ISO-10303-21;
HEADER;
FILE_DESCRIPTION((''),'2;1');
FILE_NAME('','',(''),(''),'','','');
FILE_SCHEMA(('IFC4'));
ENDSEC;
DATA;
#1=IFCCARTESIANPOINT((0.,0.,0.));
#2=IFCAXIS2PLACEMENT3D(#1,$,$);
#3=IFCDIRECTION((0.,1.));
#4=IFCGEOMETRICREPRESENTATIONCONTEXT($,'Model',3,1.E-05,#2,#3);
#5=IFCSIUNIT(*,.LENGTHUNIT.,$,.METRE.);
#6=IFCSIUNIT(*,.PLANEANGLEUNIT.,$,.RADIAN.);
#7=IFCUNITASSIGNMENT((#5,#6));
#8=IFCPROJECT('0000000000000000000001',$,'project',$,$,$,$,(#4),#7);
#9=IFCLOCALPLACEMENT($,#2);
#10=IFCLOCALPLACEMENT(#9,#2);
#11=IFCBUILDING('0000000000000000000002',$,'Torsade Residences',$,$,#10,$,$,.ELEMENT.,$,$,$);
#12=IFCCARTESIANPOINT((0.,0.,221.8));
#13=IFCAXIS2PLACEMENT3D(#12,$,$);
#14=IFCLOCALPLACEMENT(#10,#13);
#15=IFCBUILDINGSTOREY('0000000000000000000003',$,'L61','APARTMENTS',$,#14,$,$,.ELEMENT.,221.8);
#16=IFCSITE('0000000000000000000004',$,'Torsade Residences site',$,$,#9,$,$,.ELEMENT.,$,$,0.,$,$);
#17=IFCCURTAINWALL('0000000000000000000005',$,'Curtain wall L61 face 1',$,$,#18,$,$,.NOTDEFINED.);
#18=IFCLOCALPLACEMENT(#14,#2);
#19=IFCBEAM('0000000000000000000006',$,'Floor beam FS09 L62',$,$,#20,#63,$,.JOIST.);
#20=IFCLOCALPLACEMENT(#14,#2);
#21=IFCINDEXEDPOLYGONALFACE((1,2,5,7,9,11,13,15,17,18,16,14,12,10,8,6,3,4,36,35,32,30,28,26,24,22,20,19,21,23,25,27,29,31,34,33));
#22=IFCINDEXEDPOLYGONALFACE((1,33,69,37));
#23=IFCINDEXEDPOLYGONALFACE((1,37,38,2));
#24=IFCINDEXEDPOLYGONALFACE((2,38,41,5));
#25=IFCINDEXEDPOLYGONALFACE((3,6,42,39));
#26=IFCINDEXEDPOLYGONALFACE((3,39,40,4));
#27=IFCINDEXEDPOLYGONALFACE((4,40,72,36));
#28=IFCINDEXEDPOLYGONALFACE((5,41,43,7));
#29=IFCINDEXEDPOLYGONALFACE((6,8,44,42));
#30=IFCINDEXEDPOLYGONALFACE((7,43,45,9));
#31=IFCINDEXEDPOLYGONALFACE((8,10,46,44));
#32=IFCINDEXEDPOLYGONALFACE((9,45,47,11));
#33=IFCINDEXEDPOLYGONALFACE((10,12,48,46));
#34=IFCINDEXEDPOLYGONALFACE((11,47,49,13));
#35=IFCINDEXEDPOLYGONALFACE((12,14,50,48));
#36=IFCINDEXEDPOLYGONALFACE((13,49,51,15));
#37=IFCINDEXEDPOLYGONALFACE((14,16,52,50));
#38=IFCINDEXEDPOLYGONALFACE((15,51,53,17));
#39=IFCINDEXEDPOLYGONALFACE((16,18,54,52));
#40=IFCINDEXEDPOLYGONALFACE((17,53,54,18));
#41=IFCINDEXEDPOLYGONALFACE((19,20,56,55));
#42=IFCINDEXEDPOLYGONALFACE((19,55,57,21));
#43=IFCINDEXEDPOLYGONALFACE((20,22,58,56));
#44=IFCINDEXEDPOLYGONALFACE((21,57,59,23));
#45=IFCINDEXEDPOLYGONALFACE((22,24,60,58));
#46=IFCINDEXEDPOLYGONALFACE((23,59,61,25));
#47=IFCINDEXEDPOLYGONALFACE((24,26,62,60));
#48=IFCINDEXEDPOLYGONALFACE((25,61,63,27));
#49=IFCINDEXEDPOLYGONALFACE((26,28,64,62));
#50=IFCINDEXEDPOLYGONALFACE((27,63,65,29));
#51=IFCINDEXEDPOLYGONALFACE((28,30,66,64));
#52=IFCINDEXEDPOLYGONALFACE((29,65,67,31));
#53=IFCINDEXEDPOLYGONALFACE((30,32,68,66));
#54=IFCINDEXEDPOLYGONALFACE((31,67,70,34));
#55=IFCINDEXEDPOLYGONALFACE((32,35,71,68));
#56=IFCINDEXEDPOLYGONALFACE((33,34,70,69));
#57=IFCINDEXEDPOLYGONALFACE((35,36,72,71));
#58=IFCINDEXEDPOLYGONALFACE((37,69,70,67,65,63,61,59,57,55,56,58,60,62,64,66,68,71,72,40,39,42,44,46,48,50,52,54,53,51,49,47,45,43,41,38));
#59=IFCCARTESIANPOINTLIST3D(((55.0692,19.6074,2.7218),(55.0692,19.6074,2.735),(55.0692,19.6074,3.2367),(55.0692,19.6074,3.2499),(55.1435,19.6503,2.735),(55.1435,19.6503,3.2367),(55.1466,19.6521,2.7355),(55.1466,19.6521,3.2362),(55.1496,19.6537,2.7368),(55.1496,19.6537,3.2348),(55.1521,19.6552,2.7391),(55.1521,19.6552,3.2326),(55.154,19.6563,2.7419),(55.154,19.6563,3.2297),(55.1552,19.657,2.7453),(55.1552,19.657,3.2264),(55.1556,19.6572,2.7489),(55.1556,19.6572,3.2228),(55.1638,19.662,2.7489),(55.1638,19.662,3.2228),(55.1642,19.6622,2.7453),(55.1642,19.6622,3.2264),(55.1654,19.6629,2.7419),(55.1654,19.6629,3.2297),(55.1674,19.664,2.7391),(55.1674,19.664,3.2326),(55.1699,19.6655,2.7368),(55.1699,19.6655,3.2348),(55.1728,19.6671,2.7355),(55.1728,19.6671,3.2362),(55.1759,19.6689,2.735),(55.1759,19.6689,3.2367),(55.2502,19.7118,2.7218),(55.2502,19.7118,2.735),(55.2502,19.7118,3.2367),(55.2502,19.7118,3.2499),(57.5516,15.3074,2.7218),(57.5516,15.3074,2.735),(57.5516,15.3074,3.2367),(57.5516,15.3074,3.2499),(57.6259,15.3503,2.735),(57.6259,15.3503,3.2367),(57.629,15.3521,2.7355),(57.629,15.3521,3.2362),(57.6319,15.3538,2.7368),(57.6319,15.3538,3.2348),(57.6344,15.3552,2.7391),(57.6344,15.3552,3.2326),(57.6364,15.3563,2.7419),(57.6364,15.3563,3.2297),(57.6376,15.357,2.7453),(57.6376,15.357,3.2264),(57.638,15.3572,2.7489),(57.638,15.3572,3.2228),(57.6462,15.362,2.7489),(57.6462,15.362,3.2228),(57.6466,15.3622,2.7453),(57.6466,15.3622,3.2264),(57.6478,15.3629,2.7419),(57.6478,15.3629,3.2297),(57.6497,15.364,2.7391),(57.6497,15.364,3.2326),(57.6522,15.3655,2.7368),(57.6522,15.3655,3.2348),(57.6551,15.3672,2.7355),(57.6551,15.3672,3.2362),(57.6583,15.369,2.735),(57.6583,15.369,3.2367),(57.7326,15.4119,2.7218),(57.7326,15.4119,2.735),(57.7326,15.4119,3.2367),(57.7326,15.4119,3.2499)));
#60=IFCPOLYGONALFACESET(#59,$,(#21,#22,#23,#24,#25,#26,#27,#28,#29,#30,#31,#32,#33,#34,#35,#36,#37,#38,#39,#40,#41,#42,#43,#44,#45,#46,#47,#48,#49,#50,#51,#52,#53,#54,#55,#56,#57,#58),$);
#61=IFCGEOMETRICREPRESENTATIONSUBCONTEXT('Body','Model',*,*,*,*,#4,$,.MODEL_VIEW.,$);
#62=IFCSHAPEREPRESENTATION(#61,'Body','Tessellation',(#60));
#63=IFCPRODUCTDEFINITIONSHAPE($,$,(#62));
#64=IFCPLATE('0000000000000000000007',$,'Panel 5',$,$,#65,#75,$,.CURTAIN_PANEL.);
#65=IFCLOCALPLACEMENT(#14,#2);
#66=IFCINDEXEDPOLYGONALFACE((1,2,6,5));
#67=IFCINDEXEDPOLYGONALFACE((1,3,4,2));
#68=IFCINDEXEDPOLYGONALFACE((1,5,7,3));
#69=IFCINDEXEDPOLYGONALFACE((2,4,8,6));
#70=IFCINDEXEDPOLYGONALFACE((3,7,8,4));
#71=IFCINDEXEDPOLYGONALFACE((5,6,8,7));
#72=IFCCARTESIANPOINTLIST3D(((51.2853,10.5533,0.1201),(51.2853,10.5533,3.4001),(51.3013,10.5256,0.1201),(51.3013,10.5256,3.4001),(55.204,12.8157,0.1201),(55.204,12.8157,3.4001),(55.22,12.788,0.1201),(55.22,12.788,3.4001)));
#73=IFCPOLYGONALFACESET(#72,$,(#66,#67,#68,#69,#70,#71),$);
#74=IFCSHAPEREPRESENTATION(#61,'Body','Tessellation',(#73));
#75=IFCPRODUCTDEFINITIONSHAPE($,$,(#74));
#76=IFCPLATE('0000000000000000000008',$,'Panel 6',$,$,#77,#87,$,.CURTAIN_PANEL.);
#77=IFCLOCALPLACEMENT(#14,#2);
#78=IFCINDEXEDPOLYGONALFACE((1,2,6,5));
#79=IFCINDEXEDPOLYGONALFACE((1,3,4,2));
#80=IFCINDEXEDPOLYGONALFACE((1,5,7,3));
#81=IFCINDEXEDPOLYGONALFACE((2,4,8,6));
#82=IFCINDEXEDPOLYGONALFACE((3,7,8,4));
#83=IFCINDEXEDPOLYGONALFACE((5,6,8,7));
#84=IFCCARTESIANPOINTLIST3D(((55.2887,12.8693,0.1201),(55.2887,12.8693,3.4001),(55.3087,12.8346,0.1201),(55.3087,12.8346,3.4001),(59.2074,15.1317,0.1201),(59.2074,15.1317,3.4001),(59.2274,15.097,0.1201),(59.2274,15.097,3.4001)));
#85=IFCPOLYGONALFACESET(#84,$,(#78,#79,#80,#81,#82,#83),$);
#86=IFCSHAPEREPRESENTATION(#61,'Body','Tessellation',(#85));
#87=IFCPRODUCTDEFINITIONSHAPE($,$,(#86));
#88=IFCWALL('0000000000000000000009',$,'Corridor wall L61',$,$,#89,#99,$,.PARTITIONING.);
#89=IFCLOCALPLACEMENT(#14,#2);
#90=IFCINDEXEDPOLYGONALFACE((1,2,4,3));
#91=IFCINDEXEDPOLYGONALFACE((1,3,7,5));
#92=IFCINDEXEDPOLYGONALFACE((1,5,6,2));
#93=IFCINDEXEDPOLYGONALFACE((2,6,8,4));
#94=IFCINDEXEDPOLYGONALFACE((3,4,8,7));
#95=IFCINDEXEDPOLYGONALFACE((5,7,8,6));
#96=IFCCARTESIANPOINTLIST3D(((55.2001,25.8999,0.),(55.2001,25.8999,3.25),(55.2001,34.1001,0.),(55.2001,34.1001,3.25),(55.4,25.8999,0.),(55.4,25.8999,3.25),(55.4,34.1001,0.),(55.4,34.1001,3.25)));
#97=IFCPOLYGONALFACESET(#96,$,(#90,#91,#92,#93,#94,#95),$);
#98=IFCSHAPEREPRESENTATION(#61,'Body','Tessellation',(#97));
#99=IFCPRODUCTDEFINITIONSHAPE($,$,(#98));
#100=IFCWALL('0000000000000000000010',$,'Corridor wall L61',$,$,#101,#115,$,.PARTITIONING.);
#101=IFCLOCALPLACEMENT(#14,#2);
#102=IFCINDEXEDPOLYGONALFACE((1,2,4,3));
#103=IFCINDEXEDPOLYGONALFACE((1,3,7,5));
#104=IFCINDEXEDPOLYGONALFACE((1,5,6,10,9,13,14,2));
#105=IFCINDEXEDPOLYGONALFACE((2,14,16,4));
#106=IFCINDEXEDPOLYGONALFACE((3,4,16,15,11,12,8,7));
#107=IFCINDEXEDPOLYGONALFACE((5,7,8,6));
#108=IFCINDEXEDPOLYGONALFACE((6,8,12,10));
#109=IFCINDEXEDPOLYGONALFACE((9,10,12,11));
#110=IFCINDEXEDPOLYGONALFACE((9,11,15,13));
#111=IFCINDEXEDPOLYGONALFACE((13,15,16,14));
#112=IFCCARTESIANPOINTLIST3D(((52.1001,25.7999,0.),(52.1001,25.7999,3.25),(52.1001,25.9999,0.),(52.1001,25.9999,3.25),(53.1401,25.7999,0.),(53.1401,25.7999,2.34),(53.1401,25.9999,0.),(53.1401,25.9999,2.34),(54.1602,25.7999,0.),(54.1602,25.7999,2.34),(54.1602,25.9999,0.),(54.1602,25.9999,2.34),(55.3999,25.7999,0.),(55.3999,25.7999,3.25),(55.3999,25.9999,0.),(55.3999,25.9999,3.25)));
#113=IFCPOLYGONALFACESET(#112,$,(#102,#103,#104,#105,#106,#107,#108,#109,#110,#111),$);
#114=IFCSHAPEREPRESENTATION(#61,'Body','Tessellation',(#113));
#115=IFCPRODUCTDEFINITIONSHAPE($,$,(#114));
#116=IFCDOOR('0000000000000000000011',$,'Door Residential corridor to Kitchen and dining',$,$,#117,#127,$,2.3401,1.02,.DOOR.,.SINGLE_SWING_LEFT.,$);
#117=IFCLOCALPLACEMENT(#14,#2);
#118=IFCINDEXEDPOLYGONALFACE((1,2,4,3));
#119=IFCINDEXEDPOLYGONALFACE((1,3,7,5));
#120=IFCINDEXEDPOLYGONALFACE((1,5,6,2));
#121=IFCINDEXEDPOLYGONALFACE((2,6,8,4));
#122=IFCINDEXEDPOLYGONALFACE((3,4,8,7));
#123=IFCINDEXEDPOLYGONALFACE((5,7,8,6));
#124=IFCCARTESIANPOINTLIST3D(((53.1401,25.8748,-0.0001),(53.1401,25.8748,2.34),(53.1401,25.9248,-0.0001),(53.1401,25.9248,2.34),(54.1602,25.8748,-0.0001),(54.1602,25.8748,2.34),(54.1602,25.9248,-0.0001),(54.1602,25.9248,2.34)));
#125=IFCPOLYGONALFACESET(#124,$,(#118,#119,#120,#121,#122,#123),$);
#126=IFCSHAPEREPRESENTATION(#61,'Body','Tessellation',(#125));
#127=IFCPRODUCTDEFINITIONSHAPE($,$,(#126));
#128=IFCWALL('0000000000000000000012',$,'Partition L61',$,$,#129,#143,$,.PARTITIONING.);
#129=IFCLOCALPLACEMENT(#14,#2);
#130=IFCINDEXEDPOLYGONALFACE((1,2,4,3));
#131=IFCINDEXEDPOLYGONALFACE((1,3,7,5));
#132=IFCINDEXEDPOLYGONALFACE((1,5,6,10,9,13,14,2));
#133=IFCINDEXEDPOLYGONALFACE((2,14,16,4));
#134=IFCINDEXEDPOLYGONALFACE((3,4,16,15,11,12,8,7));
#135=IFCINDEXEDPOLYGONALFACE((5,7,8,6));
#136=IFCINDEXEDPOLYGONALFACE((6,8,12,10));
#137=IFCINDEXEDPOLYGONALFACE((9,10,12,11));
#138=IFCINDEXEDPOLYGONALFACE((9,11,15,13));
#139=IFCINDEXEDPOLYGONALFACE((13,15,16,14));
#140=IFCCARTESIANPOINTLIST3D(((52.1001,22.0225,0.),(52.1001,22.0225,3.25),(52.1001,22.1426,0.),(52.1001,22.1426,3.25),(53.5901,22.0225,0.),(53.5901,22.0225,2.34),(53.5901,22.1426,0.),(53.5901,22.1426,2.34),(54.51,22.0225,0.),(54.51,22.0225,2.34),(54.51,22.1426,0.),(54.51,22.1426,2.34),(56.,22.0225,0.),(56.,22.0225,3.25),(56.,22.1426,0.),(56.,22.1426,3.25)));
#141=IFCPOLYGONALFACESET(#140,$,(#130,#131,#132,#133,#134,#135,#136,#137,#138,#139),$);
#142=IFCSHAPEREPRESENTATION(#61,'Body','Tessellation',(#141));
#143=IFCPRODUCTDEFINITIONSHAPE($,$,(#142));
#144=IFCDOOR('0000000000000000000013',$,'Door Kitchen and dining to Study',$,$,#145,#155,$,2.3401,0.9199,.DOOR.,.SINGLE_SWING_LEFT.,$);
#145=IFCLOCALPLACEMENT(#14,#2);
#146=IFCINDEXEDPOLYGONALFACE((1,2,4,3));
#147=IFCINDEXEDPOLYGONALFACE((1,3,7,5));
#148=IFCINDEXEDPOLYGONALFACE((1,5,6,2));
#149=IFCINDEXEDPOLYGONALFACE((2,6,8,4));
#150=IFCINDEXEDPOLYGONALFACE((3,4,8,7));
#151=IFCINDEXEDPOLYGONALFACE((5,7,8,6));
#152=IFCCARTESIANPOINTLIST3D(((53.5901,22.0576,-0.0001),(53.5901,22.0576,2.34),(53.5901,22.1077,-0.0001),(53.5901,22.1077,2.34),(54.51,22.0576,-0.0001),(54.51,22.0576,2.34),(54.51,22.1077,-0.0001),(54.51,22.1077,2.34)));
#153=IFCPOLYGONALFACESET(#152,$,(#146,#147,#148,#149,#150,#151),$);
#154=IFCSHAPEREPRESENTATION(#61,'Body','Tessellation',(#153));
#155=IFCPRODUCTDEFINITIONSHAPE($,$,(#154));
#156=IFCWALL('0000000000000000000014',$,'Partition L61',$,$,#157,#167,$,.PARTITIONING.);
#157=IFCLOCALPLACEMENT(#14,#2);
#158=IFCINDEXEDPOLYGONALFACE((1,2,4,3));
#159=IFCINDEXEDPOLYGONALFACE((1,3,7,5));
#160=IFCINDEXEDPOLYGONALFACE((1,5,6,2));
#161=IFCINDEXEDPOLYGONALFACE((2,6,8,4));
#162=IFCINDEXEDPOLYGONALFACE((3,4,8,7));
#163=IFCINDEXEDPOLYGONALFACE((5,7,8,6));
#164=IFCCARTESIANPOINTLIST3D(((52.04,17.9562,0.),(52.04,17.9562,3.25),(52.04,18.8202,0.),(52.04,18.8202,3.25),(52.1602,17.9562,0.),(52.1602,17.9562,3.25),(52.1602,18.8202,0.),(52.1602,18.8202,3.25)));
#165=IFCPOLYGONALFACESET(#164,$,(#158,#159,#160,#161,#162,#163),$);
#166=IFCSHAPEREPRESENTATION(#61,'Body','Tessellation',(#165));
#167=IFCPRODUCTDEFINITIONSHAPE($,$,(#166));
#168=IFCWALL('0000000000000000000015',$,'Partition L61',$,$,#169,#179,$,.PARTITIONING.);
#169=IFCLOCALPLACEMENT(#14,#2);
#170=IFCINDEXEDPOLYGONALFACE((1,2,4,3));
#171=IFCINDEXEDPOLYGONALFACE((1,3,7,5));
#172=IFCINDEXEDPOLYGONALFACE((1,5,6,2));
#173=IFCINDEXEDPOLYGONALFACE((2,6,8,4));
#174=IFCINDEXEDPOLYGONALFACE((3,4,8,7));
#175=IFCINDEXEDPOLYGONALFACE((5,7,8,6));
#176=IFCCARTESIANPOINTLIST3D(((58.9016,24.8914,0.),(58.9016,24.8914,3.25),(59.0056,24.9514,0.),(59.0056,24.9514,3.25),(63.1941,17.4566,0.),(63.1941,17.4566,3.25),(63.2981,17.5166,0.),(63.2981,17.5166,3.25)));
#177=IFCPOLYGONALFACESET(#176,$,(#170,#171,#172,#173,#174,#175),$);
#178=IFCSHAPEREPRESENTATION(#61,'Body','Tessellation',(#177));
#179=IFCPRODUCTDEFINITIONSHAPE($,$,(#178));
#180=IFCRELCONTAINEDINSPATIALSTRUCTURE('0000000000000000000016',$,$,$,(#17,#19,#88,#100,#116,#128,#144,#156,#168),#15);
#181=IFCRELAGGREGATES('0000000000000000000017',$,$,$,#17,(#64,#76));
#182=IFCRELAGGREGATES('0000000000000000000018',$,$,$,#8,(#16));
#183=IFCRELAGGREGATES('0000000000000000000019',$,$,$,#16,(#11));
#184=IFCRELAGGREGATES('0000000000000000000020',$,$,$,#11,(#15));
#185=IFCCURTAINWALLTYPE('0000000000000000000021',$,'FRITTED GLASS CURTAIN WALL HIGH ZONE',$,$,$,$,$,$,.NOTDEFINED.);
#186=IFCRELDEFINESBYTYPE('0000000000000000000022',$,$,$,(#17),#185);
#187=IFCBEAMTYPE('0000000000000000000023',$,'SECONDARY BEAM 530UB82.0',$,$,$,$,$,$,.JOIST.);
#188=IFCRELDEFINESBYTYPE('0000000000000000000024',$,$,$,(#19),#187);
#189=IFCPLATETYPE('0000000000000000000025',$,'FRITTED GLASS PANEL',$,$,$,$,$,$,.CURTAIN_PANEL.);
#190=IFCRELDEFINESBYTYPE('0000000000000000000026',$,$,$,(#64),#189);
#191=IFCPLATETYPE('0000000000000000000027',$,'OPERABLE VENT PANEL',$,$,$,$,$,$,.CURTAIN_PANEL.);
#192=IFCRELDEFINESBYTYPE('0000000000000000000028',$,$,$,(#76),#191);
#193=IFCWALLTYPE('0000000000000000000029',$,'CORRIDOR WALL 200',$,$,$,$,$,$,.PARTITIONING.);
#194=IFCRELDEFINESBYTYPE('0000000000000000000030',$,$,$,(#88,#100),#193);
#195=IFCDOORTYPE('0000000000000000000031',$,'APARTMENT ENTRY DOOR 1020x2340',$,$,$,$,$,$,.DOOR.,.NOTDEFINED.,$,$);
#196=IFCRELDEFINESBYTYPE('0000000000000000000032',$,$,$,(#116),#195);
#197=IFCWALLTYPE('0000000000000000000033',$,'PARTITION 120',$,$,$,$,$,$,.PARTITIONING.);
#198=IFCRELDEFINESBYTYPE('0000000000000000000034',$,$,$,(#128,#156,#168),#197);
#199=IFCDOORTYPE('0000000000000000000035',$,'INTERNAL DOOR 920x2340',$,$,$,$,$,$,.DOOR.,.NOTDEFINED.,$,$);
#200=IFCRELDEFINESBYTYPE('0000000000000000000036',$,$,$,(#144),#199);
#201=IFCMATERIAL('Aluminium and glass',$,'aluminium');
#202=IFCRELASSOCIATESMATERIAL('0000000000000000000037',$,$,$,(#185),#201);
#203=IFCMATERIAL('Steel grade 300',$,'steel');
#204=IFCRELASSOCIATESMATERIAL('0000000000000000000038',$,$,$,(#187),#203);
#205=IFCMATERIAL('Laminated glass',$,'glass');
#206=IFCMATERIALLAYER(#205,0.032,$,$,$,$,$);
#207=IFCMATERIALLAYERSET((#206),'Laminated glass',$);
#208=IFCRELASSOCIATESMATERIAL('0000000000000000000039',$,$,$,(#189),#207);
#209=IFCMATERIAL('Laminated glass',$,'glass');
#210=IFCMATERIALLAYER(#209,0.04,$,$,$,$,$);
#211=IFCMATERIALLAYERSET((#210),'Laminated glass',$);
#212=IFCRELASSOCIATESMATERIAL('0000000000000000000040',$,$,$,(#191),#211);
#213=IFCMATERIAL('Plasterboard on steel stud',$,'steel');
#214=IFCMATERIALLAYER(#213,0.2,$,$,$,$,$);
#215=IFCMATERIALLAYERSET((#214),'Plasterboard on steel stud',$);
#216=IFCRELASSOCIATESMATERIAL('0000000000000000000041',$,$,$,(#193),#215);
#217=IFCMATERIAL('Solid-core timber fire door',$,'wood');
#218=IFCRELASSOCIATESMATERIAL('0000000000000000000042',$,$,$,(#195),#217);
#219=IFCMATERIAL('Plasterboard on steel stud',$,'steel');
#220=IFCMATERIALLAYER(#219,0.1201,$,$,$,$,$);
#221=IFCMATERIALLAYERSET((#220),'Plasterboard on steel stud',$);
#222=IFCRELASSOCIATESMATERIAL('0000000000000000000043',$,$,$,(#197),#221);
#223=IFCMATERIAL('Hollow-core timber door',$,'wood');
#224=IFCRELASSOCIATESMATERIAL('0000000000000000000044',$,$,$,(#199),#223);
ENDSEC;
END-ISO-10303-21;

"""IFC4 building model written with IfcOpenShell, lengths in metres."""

from ifc_helpers import new_model, si_unit, direction, frame, frame_2d, origin, origin_2d, place, context, subcontext, project, spatial, rectangle, i_section, extrude, material, layer, layer_set, material_profile, profile_set, type_object, element, fill, aggregate, save


model = new_model("IFC4")

# Units and contexts
model_context = context("Model", 3, precision=1e-05, world=origin(), true_north=direction((0.0, 1.0)))
body_context = subcontext(model_context, "Body", "Model", "MODEL_VIEW")
ifc_project = project(units=[si_unit("LENGTHUNIT", "METRE"), si_unit("PLANEANGLEUNIT", "RADIAN")], contexts=[model_context])

# Site, building, storey
site_placement = place(None, origin())
site = spatial("IfcSite", under=ifc_project, at=site_placement, Name="Torsade Residences site", CompositionType="ELEMENT", RefElevation=0.0)
building_placement = place(site_placement, origin())
building = spatial("IfcBuilding", under=site, at=building_placement, Name="Torsade Residences", CompositionType="ELEMENT")
storey_placement = place(building_placement, frame((0.0, 0.0, 221.8)))
storey = spatial("IfcBuildingStorey", under=building, at=storey_placement, Name="L61", Description="APARTMENTS", CompositionType="ELEMENT", Elevation=221.8)

# Curtain wall
ifc_material_1 = material(Name="Aluminium and glass", Category="aluminium")
curtain_wall_type = type_object("IfcCurtainWallType", Name="FRITTED GLASS CURTAIN WALL HIGH ZONE", PredefinedType="NOTDEFINED", material=ifc_material_1)
curtain_wall_placement = place(storey_placement, origin())
curtain_wall = element("IfcCurtainWall", 1, at=curtain_wall_placement, inside=storey, type_object=curtain_wall_type, Name="Curtain wall L61 face 1", PredefinedType="NOTDEFINED")

# Beam
ifc_material_2 = material(Name="Steel grade 300", Category="steel")
ifc_material_profile_1 = material_profile(ifc_material_2, i_section(OverallWidth=0.209, OverallDepth=0.5281, WebThickness=0.0095, FlangeThickness=0.0132, FilletRadius=0.0139, at=origin_2d()), Name="530UB82.0")
ifc_profile_set_1 = profile_set([ifc_material_profile_1], Name="Steel grade 300")
beam_type_1 = type_object("IfcBeamType", Name="SECONDARY BEAM 530UB82.0", PredefinedType="JOIST", material=ifc_profile_set_1)
beam_1_placement = place(storey_placement, frame((57.6421, 15.3596, 2.9858), z_axis=(-0.499968, 0.866044, 0.0), x_axis=(-0.866044, -0.499968, 0.0)))
element("IfcBeam", 2, at=beam_1_placement, inside=storey, type_object=beam_type_1, Name="Floor beam FS09 L62", PredefinedType="JOIST", context=body_context, shape_type="SweptSolid", body=[
    extrude(i_section(OverallWidth=0.209, OverallDepth=0.5281, WebThickness=0.0095, FlangeThickness=0.0132, FilletRadius=0.0139, at=origin_2d()), origin(), (0.0, 0.0, 1.0), 4.9651),
])

# Plates
ifc_material_3 = material(Name="Laminated glass", Category="glass")
ifc_layer_1 = layer(ifc_material_3, 0.032)
ifc_layer_set_1 = layer_set([ifc_layer_1], Name="Laminated glass")
plate_type_1 = type_object("IfcPlateType", Name="FRITTED GLASS PANEL", PredefinedType="CURTAIN_PANEL", material=ifc_layer_set_1)
plate_1_placement = place(storey_placement, frame((53.2527, 11.6707, 0.1201), z_axis=(0.0, 0.0, 1.0), x_axis=(0.866025, 0.5, 0.0)))
plate_1 = element("IfcPlate", 3, at=plate_1_placement, type_object=plate_type_1, Name="Panel 5", PredefinedType="CURTAIN_PANEL", context=body_context, shape_type="SweptSolid", body=[
    extrude(rectangle(XDim=4.5249, YDim=0.032, at=origin_2d()), origin(), (0.0, 0.0, 1.0), 3.28),
])
ifc_material_4 = material(Name="Laminated glass", Category="glass")
ifc_layer_2 = layer(ifc_material_4, 0.04)
ifc_layer_set_2 = layer_set([ifc_layer_2], Name="Laminated glass")
plate_type_2 = type_object("IfcPlateType", Name="OPERABLE VENT PANEL", PredefinedType="CURTAIN_PANEL", material=ifc_layer_set_2)
plate_2_placement = place(storey_placement, frame((57.2581, 13.9832, 0.1201), z_axis=(0.0, 0.0, 1.0), x_axis=(0.866025, 0.5, 0.0)))
plate_2 = element("IfcPlate", 4, at=plate_2_placement, type_object=plate_type_2, Name="Panel 6", PredefinedType="CURTAIN_PANEL", context=body_context, shape_type="SweptSolid", body=[
    extrude(rectangle(XDim=4.5249, YDim=0.04, at=origin_2d()), origin(), (0.0, 0.0, 1.0), 3.28),
])
aggregate(curtain_wall, [plate_1, plate_2])

# Wall
ifc_material_5 = material(Name="Plasterboard on steel stud", Category="steel")
ifc_layer_3 = layer(ifc_material_5, 0.2)
ifc_layer_set_3 = layer_set([ifc_layer_3], Name="Plasterboard on steel stud")
wall_type_1 = type_object("IfcWallType", Name="CORRIDOR WALL 200", PredefinedType="PARTITIONING", material=ifc_layer_set_3)
wall_1_placement = place(storey_placement, frame((55.3, 25.8999, 0.0), z_axis=(0.0, 0.0, 1.0), x_axis=(0.0, 1.0, 0.0)))
element("IfcWall", 5, at=wall_1_placement, inside=storey, type_object=wall_type_1, Name="Corridor wall L61", PredefinedType="PARTITIONING", context=body_context, shape_type="SweptSolid", body=[
    extrude(rectangle(XDim=8.2002, YDim=0.2, at=frame_2d((4.1001, 0.0))), origin(), (0.0, 0.0, 1.0), 3.25),
])

# Walls, openings, doors
wall_2_placement = place(storey_placement, frame((52.1001, 25.8999, 0.0), z_axis=(0.0, 0.0, 1.0), x_axis=(1.0, 0.0, 0.0)))
wall_2 = element("IfcWall", 6, at=wall_2_placement, inside=storey, type_object=wall_type_1, Name="Corridor wall L61", PredefinedType="PARTITIONING", context=body_context, shape_type="SweptSolid", body=[
    extrude(rectangle(XDim=3.2998, YDim=0.2, at=frame_2d((1.6499, 0.0))), origin(), (0.0, 0.0, 1.0), 3.25),
])
opening_1_placement = place(wall_2_placement, frame((1.04, 0.0, 0.0)))
opening_1 = element("IfcOpeningElement", 7, at=opening_1_placement, cuts=wall_2, PredefinedType="OPENING", context=body_context, shape_type="SweptSolid", body=[
    extrude(rectangle(XDim=1.02, YDim=2.3401, at=frame_2d((0.51, 1.1699))), frame((0.0, 0.1099, 0.0), z_axis=(0.0, -1.0, 0.0), x_axis=(1.0, 0.0, 0.0)), (0.0, 0.0, 1.0), 0.22),
])
ifc_material_6 = material(Name="Solid-core timber fire door", Category="wood")
door_type_1 = type_object("IfcDoorType", Name="APARTMENT ENTRY DOOR 1020x2340", OperationType="NOTDEFINED", PredefinedType="DOOR", material=ifc_material_6)
door_1_placement = place(opening_1_placement, origin())
door_1 = element("IfcDoor", 8, at=door_1_placement, inside=storey, type_object=door_type_1, Name="Door Residential corridor to Kitchen and dining", OperationType="SINGLE_SWING_LEFT", OverallHeight=2.3401, OverallWidth=1.02, PredefinedType="DOOR", context=body_context, shape_type="SweptSolid", body=[
    extrude(rectangle(XDim=1.02, YDim=2.3401, at=frame_2d((0.51, 1.1699))), frame((0.0, 0.0249, 0.0), z_axis=(0.0, -1.0, 0.0), x_axis=(1.0, 0.0, 0.0)), (0.0, 0.0, 1.0), 0.05),
])
fill(opening_1, door_1)
ifc_material_7 = material(Name="Plasterboard on steel stud", Category="steel")
ifc_layer_4 = layer(ifc_material_7, 0.1201)
ifc_layer_set_4 = layer_set([ifc_layer_4], Name="Plasterboard on steel stud")
wall_type_2 = type_object("IfcWallType", Name="PARTITION 120", PredefinedType="PARTITIONING", material=ifc_layer_set_4)
wall_3_placement = place(storey_placement, frame((56.0, 22.0825, 0.0), z_axis=(0.0, 0.0, 1.0), x_axis=(-1.0, 0.0, 0.0)))
wall_3 = element("IfcWall", 9, at=wall_3_placement, inside=storey, type_object=wall_type_2, Name="Partition L61", PredefinedType="PARTITIONING", context=body_context, shape_type="SweptSolid", body=[
    extrude(rectangle(XDim=3.8999, YDim=0.1201, at=frame_2d((1.95, 0.0))), origin(), (0.0, 0.0, 1.0), 3.25),
])
opening_2_placement = place(wall_3_placement, frame((1.49, 0.0, 0.0)))
opening_2 = element("IfcOpeningElement", 10, at=opening_2_placement, cuts=wall_3, PredefinedType="OPENING", context=body_context, shape_type="SweptSolid", body=[
    extrude(rectangle(XDim=0.9199, YDim=2.3401, at=frame_2d((0.46, 1.1699))), frame((0.0, 0.0701, 0.0), z_axis=(0.0, -1.0, 0.0), x_axis=(1.0, 0.0, 0.0)), (0.0, 0.0, 1.0), 0.1401),
])
ifc_material_8 = material(Name="Hollow-core timber door", Category="wood")
door_type_2 = type_object("IfcDoorType", Name="INTERNAL DOOR 920x2340", OperationType="NOTDEFINED", PredefinedType="DOOR", material=ifc_material_8)
door_2_placement = place(opening_2_placement, origin())
door_2 = element("IfcDoor", 11, at=door_2_placement, inside=storey, type_object=door_type_2, Name="Door Kitchen and dining to Study", OperationType="SINGLE_SWING_LEFT", OverallHeight=2.3401, OverallWidth=0.9199, PredefinedType="DOOR", context=body_context, shape_type="SweptSolid", body=[
    extrude(rectangle(XDim=0.9199, YDim=2.3401, at=frame_2d((0.46, 1.1699))), frame((0.0, 0.0249, 0.0), z_axis=(0.0, -1.0, 0.0), x_axis=(1.0, 0.0, 0.0)), (0.0, 0.0, 1.0), 0.05),
])
fill(opening_2, door_2)

# Walls
wall_4_placement = place(storey_placement, frame((52.1001, 17.9561, 0.0), z_axis=(0.0, 0.0, 1.0), x_axis=(0.0, 1.0, 0.0)))
element("IfcWall", 12, at=wall_4_placement, inside=storey, type_object=wall_type_2, Name="Partition L61", PredefinedType="PARTITIONING", context=body_context, shape_type="SweptSolid", body=[
    extrude(rectangle(XDim=0.864, YDim=0.1201, at=frame_2d((0.4321, 0.0))), origin(), (0.0, 0.0, 1.0), 3.25),
])
wall_5_placement = place(storey_placement, frame((58.9536, 24.9214, 0.0), z_axis=(0.0, 0.0, 1.0), x_axis=(0.499999, -0.866026, 0.0)))
element("IfcWall", 13, at=wall_5_placement, inside=storey, type_object=wall_type_2, Name="Partition L61", PredefinedType="PARTITIONING", context=body_context, shape_type="SweptSolid", body=[
    extrude(rectangle(XDim=8.585, YDim=0.1201, at=frame_2d((4.2925, 0.0))), origin(), (0.0, 0.0, 1.0), 3.25),
])

save(model, "model.ifc")
